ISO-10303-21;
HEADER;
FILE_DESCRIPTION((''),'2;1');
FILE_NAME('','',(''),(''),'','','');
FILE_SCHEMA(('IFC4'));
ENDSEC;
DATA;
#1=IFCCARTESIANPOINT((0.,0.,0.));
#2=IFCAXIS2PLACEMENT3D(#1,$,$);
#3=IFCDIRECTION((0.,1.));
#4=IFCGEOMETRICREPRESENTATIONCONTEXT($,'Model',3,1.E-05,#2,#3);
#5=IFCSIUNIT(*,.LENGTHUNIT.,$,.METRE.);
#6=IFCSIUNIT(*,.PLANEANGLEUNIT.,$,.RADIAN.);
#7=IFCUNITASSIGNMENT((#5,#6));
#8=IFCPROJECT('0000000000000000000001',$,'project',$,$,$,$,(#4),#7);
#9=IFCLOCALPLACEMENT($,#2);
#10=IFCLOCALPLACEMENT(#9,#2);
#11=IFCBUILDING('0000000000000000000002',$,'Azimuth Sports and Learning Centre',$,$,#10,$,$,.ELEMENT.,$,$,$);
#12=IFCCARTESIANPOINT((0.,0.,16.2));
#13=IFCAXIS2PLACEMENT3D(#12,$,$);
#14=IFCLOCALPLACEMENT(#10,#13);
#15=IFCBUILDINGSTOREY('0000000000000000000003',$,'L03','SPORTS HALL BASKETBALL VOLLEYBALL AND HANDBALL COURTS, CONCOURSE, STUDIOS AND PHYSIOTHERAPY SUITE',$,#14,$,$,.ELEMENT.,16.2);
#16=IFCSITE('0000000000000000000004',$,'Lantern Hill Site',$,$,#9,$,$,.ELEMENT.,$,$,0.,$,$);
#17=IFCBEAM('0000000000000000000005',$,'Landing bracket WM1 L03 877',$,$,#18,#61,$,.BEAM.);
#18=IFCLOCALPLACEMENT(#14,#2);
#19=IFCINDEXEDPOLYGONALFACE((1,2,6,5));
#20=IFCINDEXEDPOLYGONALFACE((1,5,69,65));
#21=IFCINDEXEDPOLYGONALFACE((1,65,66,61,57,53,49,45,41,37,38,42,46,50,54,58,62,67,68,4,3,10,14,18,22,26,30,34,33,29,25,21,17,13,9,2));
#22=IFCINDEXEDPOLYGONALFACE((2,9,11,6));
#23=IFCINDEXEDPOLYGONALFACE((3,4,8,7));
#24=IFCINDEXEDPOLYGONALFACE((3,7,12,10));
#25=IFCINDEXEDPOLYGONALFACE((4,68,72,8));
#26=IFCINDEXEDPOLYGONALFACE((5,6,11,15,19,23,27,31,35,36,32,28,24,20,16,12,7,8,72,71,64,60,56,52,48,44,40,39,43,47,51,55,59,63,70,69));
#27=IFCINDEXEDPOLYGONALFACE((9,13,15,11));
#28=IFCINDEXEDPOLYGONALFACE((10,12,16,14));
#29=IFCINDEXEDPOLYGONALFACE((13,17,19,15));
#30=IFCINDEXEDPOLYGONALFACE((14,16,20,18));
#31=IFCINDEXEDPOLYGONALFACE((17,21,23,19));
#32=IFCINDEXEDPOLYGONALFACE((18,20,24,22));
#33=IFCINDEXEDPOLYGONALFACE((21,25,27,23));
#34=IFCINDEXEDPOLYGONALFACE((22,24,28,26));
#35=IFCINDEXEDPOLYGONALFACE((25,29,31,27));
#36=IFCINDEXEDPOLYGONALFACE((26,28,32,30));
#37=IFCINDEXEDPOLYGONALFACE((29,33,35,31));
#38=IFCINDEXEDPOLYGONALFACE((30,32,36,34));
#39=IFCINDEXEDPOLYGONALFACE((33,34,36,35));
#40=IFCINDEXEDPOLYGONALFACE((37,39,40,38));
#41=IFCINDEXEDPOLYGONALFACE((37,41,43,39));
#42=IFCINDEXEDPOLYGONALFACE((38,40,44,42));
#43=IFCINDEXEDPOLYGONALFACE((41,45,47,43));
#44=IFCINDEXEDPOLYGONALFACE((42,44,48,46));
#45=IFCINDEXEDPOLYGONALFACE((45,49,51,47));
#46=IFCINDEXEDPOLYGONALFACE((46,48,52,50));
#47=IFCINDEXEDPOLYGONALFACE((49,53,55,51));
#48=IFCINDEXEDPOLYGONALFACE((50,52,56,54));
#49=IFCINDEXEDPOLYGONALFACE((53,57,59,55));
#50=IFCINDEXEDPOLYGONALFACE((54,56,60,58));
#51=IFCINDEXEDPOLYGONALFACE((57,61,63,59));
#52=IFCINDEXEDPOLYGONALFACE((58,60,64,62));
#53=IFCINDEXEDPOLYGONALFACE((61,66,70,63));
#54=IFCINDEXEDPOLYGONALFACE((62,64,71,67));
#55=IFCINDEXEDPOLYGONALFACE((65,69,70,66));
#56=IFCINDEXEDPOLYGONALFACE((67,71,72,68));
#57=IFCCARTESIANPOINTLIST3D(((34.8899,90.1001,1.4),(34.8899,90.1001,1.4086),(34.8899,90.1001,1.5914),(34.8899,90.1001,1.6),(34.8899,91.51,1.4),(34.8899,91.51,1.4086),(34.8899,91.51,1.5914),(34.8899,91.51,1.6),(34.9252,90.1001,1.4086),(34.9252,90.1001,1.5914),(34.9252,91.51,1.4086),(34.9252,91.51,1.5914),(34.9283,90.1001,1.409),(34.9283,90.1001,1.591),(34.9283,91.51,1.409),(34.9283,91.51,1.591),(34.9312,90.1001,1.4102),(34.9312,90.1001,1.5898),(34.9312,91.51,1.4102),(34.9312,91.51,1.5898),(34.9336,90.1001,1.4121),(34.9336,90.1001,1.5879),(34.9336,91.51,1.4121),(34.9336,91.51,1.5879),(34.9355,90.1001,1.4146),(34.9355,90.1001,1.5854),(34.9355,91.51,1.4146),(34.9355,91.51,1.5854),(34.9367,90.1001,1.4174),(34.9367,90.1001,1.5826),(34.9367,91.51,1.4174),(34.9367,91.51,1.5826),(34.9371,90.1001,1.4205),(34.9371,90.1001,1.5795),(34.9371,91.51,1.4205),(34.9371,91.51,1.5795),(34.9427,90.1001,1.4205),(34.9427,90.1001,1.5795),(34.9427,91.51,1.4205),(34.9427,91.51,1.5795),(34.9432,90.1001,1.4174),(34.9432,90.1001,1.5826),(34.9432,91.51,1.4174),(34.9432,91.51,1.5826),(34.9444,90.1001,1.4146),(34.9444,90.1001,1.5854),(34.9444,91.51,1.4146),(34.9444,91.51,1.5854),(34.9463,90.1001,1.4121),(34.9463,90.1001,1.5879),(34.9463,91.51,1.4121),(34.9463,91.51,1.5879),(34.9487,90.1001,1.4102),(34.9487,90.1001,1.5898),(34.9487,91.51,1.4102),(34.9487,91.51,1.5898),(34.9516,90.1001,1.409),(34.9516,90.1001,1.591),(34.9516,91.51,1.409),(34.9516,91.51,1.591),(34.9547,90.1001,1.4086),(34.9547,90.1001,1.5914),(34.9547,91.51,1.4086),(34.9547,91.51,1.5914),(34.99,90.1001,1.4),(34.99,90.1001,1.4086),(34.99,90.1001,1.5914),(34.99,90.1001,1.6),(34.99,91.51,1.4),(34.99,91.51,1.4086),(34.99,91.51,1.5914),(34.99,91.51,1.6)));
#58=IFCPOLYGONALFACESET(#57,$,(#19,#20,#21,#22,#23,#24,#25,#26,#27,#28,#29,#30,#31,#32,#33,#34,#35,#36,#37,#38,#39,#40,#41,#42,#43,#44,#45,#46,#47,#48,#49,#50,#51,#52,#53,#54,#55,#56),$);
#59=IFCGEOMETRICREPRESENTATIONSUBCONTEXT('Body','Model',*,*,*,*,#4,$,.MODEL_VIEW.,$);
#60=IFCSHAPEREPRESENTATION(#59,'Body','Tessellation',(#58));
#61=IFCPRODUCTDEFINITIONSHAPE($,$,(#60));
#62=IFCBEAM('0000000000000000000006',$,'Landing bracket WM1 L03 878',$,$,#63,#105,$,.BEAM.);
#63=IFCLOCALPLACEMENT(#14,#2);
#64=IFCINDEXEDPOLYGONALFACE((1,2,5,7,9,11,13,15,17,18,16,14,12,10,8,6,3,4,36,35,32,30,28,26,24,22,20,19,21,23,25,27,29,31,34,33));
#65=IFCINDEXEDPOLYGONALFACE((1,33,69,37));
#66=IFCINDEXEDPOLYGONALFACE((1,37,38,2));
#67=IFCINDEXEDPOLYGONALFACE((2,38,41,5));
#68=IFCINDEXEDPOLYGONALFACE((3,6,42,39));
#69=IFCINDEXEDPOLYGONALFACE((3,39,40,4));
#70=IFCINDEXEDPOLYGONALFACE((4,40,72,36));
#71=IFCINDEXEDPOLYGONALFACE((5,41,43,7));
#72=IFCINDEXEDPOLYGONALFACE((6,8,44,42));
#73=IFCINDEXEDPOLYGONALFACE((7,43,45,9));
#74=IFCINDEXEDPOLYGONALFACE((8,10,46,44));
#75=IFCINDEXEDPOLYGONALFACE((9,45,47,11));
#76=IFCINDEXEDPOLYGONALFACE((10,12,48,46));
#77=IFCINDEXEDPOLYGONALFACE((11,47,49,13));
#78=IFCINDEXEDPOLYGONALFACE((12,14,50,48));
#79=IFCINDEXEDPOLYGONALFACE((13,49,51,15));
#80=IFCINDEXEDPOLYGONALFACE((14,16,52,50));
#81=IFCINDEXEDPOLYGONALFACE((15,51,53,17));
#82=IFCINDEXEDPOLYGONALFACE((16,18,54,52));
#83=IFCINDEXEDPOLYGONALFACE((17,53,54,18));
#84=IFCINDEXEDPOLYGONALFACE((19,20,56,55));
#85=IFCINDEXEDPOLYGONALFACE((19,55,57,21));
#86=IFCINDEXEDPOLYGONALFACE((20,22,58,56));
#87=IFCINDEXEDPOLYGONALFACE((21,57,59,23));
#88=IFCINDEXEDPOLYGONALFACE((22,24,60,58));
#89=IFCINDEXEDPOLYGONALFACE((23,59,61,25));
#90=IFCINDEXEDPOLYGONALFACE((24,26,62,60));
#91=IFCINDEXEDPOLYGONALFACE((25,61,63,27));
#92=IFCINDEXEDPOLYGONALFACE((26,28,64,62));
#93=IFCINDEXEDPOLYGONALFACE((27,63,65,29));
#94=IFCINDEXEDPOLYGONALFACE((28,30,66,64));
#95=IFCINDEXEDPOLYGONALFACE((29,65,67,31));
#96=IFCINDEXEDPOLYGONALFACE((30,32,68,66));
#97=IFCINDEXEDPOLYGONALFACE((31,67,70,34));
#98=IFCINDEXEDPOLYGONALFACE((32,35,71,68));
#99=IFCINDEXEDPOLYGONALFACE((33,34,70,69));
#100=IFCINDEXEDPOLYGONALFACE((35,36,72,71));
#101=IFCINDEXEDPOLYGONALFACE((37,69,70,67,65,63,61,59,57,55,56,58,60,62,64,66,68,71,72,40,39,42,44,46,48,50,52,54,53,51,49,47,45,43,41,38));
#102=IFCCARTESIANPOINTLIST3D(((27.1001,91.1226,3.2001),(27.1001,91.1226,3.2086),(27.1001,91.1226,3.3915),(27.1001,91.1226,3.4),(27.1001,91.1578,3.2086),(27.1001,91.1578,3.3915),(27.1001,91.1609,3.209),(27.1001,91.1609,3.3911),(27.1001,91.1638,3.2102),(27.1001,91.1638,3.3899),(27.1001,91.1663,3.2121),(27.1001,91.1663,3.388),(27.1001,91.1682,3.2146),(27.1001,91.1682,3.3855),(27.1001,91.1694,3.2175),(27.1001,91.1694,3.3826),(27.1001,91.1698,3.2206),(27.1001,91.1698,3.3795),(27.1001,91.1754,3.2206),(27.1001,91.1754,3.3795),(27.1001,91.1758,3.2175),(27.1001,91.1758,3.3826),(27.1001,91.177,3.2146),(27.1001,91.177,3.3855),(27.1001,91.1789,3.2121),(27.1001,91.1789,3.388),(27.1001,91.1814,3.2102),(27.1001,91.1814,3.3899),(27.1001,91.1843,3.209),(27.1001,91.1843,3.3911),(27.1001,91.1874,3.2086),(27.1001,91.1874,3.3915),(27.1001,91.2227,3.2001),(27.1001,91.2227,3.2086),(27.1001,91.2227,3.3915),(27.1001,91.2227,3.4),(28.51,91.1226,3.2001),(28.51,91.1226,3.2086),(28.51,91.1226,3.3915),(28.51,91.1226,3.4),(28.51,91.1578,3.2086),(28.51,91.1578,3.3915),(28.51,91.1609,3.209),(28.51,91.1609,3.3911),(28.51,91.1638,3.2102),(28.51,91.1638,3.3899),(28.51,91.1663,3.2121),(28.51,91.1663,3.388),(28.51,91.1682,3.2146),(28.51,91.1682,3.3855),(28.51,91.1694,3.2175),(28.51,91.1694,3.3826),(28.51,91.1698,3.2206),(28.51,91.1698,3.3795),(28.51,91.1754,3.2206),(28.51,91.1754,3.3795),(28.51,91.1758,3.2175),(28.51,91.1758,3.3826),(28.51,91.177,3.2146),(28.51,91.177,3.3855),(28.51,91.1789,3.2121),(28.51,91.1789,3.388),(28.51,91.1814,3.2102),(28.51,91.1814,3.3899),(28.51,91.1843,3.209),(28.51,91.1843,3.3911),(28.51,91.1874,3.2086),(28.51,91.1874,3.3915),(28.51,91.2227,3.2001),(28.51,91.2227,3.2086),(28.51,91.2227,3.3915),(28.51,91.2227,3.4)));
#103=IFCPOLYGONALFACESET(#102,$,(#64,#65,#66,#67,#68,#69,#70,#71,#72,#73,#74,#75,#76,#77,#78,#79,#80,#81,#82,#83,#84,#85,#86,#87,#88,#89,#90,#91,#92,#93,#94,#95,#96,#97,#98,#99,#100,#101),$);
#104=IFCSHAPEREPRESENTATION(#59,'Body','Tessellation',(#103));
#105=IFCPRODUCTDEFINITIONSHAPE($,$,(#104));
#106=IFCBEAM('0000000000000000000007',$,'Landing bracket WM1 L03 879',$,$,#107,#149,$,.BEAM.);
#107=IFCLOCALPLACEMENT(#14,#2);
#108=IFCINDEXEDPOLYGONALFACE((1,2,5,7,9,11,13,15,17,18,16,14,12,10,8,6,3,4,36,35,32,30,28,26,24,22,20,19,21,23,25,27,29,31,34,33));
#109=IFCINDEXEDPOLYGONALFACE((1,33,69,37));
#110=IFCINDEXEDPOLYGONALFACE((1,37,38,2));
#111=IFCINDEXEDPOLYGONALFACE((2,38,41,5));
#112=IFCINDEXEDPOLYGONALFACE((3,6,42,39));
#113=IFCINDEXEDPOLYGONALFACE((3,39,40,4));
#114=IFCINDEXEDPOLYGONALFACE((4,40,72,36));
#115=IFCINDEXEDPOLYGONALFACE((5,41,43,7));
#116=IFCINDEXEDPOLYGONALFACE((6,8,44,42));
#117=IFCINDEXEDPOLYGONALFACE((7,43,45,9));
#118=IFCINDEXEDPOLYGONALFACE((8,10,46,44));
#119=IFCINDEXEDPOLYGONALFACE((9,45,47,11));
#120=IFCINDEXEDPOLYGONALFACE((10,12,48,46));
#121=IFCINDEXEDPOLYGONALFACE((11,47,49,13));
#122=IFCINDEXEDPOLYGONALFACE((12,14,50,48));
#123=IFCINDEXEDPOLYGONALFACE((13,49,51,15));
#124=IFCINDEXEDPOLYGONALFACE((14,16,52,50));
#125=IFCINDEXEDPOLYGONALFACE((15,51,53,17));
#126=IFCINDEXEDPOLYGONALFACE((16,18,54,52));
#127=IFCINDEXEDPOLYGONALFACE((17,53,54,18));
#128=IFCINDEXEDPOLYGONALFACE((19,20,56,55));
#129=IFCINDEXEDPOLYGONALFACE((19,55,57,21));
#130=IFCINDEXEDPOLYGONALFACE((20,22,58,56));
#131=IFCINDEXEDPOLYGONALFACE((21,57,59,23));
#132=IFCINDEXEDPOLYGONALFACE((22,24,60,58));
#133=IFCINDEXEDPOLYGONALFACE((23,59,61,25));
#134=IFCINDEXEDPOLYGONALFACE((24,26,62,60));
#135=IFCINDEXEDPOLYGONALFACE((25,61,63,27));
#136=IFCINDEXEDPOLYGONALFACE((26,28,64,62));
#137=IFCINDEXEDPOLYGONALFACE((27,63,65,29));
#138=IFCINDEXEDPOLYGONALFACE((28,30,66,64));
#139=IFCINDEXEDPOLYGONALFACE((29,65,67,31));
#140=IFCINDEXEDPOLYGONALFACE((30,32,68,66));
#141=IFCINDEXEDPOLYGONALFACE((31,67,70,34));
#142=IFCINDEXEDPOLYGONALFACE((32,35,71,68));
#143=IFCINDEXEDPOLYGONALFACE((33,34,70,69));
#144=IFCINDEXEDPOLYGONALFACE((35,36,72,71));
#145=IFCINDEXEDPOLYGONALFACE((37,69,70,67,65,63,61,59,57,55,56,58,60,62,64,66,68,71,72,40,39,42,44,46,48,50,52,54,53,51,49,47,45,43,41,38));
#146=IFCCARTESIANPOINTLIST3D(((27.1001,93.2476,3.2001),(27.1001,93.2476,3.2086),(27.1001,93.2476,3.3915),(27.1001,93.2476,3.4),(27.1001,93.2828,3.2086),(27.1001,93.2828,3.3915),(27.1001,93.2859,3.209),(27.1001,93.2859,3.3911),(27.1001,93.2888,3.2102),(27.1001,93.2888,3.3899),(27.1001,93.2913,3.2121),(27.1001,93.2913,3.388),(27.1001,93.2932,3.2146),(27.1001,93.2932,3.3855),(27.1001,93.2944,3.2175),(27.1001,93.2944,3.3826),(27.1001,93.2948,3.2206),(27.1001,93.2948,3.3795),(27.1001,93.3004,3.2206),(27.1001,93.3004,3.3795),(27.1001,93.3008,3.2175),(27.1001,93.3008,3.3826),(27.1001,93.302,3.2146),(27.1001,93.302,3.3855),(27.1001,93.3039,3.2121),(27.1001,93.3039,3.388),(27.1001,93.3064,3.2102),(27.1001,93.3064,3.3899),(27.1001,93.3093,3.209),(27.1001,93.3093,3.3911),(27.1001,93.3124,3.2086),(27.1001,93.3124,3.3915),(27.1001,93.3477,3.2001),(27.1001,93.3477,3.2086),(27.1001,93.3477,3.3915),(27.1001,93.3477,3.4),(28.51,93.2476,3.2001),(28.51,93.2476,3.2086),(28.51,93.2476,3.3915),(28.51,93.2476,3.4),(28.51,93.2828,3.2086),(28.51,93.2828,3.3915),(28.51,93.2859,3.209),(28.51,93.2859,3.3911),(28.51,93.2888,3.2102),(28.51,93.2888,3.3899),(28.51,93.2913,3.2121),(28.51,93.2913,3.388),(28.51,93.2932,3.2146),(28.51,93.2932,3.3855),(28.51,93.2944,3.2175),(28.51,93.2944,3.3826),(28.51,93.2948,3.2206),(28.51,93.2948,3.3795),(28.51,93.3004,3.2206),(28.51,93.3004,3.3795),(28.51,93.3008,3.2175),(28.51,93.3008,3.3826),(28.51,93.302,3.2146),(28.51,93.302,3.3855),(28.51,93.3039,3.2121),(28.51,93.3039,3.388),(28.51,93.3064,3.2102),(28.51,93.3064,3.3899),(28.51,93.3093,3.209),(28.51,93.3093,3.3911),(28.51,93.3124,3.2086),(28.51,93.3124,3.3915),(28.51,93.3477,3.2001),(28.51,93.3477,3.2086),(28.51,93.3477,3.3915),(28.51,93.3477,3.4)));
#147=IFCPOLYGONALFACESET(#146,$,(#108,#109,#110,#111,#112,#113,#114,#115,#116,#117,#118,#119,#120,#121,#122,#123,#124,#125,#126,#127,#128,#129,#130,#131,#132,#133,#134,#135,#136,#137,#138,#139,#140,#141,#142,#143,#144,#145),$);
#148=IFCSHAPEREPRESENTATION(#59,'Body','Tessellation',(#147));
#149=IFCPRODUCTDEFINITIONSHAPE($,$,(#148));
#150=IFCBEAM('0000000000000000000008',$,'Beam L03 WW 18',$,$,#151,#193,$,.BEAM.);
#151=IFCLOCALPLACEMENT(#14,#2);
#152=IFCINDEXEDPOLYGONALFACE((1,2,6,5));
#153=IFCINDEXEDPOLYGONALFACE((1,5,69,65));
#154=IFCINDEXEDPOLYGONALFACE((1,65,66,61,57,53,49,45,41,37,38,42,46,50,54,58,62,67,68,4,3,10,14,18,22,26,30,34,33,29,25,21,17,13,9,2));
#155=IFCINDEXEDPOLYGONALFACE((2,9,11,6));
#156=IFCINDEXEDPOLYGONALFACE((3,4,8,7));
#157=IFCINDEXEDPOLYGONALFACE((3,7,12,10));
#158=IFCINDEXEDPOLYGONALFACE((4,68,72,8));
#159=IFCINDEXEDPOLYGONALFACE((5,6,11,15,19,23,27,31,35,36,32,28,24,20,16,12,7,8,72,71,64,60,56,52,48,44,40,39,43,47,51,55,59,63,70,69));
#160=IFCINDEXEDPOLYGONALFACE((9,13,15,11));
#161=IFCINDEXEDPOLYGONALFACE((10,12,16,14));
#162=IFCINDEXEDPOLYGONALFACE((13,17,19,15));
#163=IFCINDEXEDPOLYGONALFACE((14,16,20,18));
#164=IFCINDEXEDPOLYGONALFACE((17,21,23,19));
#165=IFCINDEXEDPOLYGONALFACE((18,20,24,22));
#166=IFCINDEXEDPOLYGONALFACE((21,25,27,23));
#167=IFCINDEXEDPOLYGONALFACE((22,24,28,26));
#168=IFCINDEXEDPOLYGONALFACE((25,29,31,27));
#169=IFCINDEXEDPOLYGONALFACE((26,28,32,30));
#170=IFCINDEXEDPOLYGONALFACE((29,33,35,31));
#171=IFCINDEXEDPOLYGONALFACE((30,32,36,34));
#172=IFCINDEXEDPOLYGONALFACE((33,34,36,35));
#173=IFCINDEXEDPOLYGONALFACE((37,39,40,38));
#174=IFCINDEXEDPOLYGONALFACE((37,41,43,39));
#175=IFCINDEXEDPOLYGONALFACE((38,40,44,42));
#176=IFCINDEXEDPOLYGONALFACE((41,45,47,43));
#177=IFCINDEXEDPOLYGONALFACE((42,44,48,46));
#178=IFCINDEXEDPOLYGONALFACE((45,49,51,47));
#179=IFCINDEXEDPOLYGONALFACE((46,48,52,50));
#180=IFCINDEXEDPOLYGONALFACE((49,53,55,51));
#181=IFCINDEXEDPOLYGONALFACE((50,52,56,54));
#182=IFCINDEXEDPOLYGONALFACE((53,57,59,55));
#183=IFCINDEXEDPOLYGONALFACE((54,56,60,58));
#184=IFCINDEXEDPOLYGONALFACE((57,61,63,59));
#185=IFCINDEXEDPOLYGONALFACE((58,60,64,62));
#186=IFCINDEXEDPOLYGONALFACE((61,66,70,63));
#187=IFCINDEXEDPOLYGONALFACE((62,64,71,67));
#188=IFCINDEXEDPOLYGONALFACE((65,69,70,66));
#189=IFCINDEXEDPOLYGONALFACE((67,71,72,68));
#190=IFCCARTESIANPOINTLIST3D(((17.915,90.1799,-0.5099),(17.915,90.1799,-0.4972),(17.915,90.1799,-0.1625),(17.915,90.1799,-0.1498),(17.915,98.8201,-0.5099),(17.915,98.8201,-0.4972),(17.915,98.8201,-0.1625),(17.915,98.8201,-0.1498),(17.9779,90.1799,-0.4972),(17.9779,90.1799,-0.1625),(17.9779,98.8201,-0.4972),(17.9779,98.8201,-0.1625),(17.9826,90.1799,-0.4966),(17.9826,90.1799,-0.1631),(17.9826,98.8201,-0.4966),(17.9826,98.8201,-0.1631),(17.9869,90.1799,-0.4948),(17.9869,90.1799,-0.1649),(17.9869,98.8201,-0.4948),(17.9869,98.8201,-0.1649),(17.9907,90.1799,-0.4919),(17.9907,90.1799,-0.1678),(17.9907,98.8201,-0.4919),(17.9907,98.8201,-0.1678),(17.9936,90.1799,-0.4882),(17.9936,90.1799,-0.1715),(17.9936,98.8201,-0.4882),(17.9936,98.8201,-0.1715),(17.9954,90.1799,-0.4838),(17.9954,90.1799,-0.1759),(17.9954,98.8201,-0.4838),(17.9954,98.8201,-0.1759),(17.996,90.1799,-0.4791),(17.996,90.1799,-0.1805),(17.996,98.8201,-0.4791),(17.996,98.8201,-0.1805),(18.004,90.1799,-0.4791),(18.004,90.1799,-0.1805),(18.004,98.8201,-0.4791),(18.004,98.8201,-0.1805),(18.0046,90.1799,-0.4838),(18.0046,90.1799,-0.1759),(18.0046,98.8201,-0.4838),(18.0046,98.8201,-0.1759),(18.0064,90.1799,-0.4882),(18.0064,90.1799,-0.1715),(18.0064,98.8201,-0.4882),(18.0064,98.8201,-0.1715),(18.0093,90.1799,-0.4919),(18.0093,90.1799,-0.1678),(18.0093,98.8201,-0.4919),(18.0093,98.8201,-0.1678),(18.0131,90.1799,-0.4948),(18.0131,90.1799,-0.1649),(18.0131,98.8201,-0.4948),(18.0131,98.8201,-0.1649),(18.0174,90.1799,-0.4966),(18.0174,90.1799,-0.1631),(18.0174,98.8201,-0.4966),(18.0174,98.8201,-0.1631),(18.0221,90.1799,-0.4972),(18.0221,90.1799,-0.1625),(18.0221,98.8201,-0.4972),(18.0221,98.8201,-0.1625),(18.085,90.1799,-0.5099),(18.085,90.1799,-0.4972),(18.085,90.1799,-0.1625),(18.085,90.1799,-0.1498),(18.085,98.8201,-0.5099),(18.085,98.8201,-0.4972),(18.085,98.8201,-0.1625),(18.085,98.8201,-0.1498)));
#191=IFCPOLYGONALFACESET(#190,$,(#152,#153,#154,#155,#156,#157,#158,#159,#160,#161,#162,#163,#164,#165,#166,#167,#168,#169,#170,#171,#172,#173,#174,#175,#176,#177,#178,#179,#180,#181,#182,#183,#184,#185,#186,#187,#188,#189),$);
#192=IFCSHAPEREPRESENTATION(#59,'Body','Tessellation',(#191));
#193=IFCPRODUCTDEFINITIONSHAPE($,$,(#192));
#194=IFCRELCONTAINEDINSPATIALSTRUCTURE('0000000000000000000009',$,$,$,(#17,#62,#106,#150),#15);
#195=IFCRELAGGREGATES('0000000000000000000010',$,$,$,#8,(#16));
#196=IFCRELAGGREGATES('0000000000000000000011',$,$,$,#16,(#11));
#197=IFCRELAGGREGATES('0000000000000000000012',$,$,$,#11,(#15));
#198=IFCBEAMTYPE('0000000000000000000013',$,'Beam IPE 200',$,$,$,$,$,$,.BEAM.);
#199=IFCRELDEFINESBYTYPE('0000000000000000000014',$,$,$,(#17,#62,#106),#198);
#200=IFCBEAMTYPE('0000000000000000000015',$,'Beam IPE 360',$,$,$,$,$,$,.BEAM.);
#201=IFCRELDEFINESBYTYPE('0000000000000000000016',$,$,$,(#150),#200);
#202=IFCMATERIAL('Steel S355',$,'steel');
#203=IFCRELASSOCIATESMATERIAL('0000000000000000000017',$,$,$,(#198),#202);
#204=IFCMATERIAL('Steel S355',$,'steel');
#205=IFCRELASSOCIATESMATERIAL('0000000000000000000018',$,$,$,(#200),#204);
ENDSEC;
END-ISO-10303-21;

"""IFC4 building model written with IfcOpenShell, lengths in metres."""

from ifc_helpers import new_model, si_unit, direction, frame, origin, origin_2d, place, context, subcontext, project, spatial, i_section, extrude, material, material_profile, profile_set, type_object, element, save


model = new_model("IFC4")

# Units and contexts
model_context = context("Model", 3, precision=1e-05, world=origin(), true_north=direction((0.0, 1.0)))
body_context = subcontext(model_context, "Body", "Model", "MODEL_VIEW")
ifc_project = project(units=[si_unit("LENGTHUNIT", "METRE"), si_unit("PLANEANGLEUNIT", "RADIAN")], contexts=[model_context])

# Site, building, storey
site_placement = place(None, origin())
site = spatial("IfcSite", under=ifc_project, at=site_placement, Name="Lantern Hill Site", CompositionType="ELEMENT", RefElevation=0.0)
building_placement = place(site_placement, origin())
building = spatial("IfcBuilding", under=site, at=building_placement, Name="Azimuth Sports and Learning Centre", CompositionType="ELEMENT")
storey_placement = place(building_placement, frame((0.0, 0.0, 16.2)))
storey = spatial("IfcBuildingStorey", under=building, at=storey_placement, Name="L03", Description="SPORTS HALL BASKETBALL VOLLEYBALL AND HANDBALL COURTS, CONCOURSE, STUDIOS AND PHYSIOTHERAPY SUITE", CompositionType="ELEMENT", Elevation=16.2)

# Beams
ifc_material_1 = material(Name="Steel S355", Category="steel")
ifc_material_profile_1 = material_profile(ifc_material_1, i_section(OverallWidth=0.1001, OverallDepth=0.2, WebThickness=0.0056, FlangeThickness=0.0085, FilletRadius=0.012, at=origin_2d()), Name="IPE 200")
ifc_profile_set_1 = profile_set([ifc_material_profile_1], Name="Steel S355")
beam_type_1 = type_object("IfcBeamType", Name="Beam IPE 200", PredefinedType="BEAM", material=ifc_profile_set_1)
for number, where, z_axis, x_axis, name in (
    (1, (34.9399, 90.1001, 1.5), (0.0, 1.0, 0.0), (-1.0, 0.0, 0.0), "Landing bracket WM1 L03 877"),
    (2, (27.1001, 91.1726, 3.3), (1.0, 0.0, 0.0), (0.0, 1.0, 0.0), "Landing bracket WM1 L03 878"),
    (3, (27.1001, 93.2976, 3.3), (1.0, 0.0, 0.0), (0.0, 1.0, 0.0), "Landing bracket WM1 L03 879"),
):
    element("IfcBeam", number, at=place(storey_placement, frame(where, z_axis=z_axis, x_axis=x_axis)), inside=storey, type_object=beam_type_1, Name=name, PredefinedType="BEAM", context=body_context, shape_type="SweptSolid", body=[
        extrude(i_section(OverallWidth=0.1001, OverallDepth=0.2, WebThickness=0.0056, FlangeThickness=0.0085, FilletRadius=0.012, at=origin_2d()), origin(), (0.0, 0.0, 1.0), 1.4099),
    ])
ifc_material_2 = material(Name="Steel S355", Category="steel")
ifc_material_profile_2 = material_profile(ifc_material_2, i_section(OverallWidth=0.1699, OverallDepth=0.3601, WebThickness=0.0081, FlangeThickness=0.0127, FilletRadius=0.0181, at=origin_2d()), Name="IPE 360")
ifc_profile_set_2 = profile_set([ifc_material_profile_2], Name="Steel S355")
beam_type_2 = type_object("IfcBeamType", Name="Beam IPE 360", PredefinedType="BEAM", material=ifc_profile_set_2)
beam_1_placement = place(storey_placement, frame((18.0, 90.1799, -0.3298), z_axis=(0.0, 1.0, 0.0), x_axis=(-1.0, 0.0, 0.0)))
element("IfcBeam", 4, at=beam_1_placement, inside=storey, type_object=beam_type_2, Name="Beam L03 WW 18", PredefinedType="BEAM", context=body_context, shape_type="SweptSolid", body=[
    extrude(i_section(OverallWidth=0.1699, OverallDepth=0.3601, WebThickness=0.0081, FlangeThickness=0.0127, FilletRadius=0.0181, at=origin_2d()), origin(), (0.0, 0.0, 1.0), 8.6401),
])

save(model, "model.ifc")
